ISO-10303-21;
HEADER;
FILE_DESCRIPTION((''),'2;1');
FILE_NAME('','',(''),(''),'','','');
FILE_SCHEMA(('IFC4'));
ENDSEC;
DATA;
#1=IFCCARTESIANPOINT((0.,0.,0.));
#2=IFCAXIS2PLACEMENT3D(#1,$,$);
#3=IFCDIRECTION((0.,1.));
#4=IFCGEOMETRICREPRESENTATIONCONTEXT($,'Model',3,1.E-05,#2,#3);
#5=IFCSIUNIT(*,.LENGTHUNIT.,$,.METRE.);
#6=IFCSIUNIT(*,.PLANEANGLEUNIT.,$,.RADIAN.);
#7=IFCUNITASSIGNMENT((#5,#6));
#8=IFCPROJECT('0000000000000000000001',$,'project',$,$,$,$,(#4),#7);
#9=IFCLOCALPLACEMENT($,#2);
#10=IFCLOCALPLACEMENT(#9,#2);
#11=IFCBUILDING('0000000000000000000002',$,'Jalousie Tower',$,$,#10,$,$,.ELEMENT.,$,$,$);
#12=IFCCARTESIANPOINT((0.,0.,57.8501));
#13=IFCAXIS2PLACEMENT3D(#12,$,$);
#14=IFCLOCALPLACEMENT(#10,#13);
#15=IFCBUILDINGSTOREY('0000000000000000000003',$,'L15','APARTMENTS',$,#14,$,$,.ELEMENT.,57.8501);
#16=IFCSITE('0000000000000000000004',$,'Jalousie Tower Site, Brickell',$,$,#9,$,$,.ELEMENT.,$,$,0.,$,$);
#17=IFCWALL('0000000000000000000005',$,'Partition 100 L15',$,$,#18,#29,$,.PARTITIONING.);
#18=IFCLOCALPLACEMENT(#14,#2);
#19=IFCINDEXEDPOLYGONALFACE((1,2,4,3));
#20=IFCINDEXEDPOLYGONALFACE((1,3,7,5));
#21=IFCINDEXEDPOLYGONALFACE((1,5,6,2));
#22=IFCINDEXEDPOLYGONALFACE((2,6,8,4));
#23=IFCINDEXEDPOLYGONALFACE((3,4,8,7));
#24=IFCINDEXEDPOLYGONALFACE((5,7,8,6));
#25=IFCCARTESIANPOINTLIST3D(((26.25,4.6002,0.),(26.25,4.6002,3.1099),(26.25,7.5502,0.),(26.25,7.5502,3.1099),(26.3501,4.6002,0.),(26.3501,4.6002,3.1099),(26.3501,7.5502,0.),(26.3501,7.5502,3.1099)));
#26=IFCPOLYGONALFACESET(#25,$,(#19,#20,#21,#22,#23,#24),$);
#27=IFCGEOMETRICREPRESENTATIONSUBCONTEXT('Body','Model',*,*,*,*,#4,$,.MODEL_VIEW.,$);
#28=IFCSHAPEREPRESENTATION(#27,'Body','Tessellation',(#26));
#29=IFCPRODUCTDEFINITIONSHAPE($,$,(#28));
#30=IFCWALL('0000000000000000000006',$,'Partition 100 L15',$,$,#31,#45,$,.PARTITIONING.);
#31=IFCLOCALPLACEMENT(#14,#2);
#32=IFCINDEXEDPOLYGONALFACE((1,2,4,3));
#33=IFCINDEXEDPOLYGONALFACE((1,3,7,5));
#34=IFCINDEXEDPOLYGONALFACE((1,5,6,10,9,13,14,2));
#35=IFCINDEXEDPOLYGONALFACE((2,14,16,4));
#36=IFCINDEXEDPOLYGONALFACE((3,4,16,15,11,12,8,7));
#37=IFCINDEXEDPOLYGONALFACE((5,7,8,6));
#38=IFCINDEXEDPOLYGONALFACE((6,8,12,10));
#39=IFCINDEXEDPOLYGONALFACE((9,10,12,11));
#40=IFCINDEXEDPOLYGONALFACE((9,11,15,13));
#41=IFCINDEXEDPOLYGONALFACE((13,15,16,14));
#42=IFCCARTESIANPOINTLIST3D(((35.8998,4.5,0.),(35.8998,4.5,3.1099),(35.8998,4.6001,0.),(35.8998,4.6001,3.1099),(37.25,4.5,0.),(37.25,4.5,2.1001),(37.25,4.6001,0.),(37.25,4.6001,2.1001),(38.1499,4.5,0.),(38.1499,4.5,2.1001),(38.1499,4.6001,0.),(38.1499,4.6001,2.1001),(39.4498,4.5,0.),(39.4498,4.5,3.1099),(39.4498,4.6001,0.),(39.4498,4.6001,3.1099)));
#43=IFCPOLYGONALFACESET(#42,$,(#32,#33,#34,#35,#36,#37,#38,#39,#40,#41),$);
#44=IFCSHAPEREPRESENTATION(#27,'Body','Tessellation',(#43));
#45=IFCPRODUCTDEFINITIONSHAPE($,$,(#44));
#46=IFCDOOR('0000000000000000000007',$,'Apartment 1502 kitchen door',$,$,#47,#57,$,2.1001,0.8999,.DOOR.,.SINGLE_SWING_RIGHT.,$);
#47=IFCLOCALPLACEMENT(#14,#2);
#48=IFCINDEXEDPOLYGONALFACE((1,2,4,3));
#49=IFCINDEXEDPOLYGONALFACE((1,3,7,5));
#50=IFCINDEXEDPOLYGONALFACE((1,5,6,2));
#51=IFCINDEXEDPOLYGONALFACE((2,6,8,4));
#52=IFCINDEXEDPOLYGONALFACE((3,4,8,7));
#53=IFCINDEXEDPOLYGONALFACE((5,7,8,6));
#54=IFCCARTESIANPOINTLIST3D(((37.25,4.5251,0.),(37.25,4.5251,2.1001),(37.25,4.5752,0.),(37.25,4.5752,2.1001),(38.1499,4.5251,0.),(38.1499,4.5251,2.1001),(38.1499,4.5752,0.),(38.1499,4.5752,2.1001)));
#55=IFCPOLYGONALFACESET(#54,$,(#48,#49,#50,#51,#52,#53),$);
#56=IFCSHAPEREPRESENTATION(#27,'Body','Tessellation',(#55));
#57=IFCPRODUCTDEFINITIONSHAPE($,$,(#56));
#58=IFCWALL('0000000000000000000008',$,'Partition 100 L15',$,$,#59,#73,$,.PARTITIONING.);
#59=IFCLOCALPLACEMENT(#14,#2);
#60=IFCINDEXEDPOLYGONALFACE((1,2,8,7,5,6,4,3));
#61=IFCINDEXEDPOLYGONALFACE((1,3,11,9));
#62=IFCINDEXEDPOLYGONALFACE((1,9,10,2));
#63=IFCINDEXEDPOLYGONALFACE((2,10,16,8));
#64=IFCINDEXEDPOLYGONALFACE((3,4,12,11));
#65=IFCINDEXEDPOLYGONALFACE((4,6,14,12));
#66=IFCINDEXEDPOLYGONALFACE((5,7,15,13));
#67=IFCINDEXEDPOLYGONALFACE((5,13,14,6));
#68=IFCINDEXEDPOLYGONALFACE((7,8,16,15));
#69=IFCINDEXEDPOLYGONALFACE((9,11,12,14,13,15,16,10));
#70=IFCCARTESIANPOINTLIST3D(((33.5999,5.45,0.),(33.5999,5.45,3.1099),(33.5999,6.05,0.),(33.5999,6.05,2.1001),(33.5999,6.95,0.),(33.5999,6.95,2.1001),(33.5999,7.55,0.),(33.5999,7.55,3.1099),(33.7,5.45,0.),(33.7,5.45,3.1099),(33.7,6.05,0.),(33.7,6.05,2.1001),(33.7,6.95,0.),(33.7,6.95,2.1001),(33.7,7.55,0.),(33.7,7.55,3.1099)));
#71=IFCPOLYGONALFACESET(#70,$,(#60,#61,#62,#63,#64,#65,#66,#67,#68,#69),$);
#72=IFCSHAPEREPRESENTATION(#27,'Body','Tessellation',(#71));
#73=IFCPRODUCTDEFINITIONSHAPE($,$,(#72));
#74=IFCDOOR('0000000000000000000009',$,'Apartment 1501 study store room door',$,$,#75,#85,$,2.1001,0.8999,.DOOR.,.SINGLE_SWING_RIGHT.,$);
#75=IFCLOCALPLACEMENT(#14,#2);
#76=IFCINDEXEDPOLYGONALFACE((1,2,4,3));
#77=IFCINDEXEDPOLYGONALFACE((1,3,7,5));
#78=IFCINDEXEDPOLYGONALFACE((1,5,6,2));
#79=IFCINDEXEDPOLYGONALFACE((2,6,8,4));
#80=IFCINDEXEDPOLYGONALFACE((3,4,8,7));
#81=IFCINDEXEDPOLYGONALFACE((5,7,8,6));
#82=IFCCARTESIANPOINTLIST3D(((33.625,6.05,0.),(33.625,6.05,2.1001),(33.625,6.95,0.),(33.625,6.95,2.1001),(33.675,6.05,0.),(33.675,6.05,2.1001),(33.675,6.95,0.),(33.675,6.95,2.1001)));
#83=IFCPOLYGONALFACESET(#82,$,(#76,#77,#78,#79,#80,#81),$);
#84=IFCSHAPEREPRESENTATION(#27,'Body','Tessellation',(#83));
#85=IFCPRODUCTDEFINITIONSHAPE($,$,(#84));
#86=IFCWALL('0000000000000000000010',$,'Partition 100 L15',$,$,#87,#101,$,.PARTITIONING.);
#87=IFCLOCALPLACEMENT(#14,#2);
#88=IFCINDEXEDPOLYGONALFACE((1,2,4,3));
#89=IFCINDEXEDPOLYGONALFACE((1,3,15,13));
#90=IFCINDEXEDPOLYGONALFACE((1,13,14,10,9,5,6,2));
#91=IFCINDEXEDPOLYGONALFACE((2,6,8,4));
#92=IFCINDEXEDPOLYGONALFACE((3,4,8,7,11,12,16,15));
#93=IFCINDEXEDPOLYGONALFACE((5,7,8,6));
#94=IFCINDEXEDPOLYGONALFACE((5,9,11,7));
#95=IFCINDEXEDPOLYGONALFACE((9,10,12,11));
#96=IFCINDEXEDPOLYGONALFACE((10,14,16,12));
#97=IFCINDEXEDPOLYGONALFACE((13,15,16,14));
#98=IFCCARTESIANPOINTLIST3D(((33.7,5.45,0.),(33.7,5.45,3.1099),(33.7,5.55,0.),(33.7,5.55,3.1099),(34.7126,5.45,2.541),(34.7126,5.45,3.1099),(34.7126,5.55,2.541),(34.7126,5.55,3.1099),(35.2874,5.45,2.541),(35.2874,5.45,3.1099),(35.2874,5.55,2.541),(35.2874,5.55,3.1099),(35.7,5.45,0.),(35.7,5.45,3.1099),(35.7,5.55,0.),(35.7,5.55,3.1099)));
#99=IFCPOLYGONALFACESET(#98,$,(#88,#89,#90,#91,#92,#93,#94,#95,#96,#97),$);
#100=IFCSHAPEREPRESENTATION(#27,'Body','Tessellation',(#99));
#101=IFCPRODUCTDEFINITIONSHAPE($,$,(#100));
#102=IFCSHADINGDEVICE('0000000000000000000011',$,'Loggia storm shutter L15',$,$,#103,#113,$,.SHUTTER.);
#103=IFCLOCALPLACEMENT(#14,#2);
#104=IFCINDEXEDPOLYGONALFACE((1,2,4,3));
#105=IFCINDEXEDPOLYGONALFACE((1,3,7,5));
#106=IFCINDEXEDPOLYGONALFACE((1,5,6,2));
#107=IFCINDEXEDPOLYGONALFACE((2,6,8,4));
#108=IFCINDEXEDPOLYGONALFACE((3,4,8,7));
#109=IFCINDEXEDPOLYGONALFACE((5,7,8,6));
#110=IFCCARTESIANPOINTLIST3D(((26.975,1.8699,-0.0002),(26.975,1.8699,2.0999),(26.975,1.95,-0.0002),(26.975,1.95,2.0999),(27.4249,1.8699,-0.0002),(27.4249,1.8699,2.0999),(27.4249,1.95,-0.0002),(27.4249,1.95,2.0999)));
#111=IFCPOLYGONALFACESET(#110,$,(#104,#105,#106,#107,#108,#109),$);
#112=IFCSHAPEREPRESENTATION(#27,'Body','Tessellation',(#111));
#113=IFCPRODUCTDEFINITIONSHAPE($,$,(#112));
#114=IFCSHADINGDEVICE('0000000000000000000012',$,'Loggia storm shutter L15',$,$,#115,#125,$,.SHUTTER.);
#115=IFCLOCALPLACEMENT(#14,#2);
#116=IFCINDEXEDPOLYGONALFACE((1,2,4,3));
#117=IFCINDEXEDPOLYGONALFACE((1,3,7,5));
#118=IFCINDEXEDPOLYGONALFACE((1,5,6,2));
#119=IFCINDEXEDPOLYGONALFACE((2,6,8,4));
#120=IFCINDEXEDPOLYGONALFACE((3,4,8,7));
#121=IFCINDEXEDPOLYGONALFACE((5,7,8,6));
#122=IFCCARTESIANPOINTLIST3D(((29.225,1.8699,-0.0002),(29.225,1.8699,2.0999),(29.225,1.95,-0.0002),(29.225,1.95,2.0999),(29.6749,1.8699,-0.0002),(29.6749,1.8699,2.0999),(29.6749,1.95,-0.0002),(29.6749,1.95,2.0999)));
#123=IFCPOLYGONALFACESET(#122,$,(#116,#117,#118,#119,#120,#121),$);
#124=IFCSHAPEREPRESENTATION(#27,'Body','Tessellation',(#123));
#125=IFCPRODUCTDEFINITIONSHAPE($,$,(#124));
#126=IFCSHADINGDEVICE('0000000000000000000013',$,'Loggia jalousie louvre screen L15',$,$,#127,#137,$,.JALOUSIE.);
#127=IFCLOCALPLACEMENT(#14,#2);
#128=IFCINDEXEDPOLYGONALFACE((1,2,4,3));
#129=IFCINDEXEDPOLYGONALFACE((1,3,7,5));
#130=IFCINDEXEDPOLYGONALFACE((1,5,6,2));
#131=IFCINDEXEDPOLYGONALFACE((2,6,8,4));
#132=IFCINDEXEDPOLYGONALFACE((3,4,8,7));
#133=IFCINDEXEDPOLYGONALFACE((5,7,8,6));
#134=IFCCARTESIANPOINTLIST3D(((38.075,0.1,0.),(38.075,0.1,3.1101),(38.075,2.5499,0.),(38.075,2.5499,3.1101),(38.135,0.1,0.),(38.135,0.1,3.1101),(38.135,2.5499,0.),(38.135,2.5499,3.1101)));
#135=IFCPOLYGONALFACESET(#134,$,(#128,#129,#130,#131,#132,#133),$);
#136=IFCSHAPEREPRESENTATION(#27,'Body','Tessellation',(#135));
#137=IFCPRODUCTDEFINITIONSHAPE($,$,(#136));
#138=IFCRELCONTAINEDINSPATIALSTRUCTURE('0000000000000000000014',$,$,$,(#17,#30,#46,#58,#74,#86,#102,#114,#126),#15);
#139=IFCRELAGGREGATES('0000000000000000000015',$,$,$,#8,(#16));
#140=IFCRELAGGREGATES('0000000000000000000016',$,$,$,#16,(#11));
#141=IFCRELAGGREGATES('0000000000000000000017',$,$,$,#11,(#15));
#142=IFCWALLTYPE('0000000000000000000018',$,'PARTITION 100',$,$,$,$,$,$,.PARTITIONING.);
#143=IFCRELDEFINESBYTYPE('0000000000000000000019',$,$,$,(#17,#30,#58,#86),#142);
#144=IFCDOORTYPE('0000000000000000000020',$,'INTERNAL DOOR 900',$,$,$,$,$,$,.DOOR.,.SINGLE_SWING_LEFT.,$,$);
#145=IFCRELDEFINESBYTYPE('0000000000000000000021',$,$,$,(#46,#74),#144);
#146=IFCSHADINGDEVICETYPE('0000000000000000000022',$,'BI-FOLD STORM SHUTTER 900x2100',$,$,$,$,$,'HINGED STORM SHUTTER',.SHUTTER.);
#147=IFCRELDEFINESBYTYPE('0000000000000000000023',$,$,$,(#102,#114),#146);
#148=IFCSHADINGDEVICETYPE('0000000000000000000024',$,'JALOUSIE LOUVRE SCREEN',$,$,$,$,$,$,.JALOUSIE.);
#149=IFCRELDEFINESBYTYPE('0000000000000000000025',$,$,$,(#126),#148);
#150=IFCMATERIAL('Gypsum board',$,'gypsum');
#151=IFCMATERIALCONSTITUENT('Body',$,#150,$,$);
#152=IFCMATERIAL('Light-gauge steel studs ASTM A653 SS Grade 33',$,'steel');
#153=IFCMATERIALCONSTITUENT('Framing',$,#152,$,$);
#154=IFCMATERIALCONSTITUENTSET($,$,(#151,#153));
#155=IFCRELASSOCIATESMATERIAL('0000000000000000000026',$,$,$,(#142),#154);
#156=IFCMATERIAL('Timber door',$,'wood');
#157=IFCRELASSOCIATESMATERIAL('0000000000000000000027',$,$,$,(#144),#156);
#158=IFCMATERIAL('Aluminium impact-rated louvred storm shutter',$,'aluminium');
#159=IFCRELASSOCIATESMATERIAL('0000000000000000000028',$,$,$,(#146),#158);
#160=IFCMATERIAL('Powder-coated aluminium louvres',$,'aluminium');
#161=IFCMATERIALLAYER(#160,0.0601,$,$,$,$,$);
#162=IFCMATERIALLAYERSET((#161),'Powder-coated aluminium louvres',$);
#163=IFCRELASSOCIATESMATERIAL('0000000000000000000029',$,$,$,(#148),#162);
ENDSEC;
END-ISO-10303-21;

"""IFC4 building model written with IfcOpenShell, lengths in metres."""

from ifc_helpers import new_model, si_unit, direction, frame, frame_2d, origin, origin_2d, place, context, subcontext, project, spatial, polyline, rectangle, outline, extrude, material, layer, layer_set, constituent, constituent_set, type_object, element, fill, save


model = new_model("IFC4")

# Units and contexts
model_context = context("Model", 3, precision=1e-05, world=origin(), true_north=direction((0.0, 1.0)))
body_context = subcontext(model_context, "Body", "Model", "MODEL_VIEW")
ifc_project = project(units=[si_unit("LENGTHUNIT", "METRE"), si_unit("PLANEANGLEUNIT", "RADIAN")], contexts=[model_context])

# Site, building, storey
site_placement = place(None, origin())
site = spatial("IfcSite", under=ifc_project, at=site_placement, Name="Jalousie Tower Site, Brickell", CompositionType="ELEMENT", RefElevation=0.0)
building_placement = place(site_placement, origin())
building = spatial("IfcBuilding", under=site, at=building_placement, Name="Jalousie Tower", CompositionType="ELEMENT")
storey_placement = place(building_placement, frame((0.0, 0.0, 57.8501)))
storey = spatial("IfcBuildingStorey", under=building, at=storey_placement, Name="L15", Description="APARTMENTS", CompositionType="ELEMENT", Elevation=57.8501)

# Shared definitions
ifc_material_1 = material(Name="Gypsum board", Category="gypsum")
ifc_constituent_1 = constituent(ifc_material_1, Name="Body")
ifc_material_2 = material(Name="Light-gauge steel studs ASTM A653 SS Grade 33", Category="steel")
ifc_constituent_2 = constituent(ifc_material_2, Name="Framing")
ifc_constituent_set_1 = constituent_set(constituents=[ifc_constituent_1, ifc_constituent_2])
wall_type_1 = type_object("IfcWallType", Name="PARTITION 100", PredefinedType="PARTITIONING", material=ifc_constituent_set_1)
ifc_material_3 = material(Name="Timber door", Category="wood")
door_type_1 = type_object("IfcDoorType", Name="INTERNAL DOOR 900", OperationType="SINGLE_SWING_LEFT", PredefinedType="DOOR", material=ifc_material_3)

# Wall
wall_1_placement = place(storey_placement, frame((26.3, 4.6001, 0.0), z_axis=(0.0, 0.0, 1.0), x_axis=(0.0, 1.0, 0.0)))
element("IfcWall", 1, at=wall_1_placement, inside=storey, type_object=wall_type_1, Name="Partition 100 L15", PredefinedType="PARTITIONING", context=body_context, shape_type="SweptSolid", body=[
    extrude(rectangle(XDim=2.95, YDim=0.1001, at=frame_2d((1.4751, 0.0))), origin(), (0.0, 0.0, 1.0), 3.1099),
])

# Walls, openings, doors
wall_2_placement = place(storey_placement, frame((35.8999, 4.55, 0.0), z_axis=(0.0, 0.0, 1.0), x_axis=(1.0, 0.0, 0.0)))
wall_2 = element("IfcWall", 2, at=wall_2_placement, inside=storey, type_object=wall_type_1, Name="Partition 100 L15", PredefinedType="PARTITIONING", context=body_context, shape_type="SweptSolid", body=[
    extrude(rectangle(XDim=3.55, YDim=0.1001, at=frame_2d((1.7749, 0.0))), origin(), (0.0, 0.0, 1.0), 3.1099),
])
opening_1_placement = place(wall_2_placement, frame((1.3501, 0.0, 0.0)))
opening_1 = element("IfcOpeningElement", 3, at=opening_1_placement, cuts=wall_2, PredefinedType="OPENING", context=body_context, shape_type="SweptSolid", body=[
    extrude(rectangle(XDim=0.8999, YDim=2.1001, at=frame_2d((0.45, 1.05))), frame((0.0, 0.0601, 0.0), z_axis=(0.0, -1.0, 0.0), x_axis=(1.0, 0.0, 0.0)), (0.0, 0.0, 1.0), 0.1201),
])
door_1_placement = place(opening_1_placement, frame((0.8999, 0.0, 0.0), z_axis=(0.0, 0.0, 1.0), x_axis=(-1.0, 0.0, 0.0)))
door_1 = element("IfcDoor", 4, at=door_1_placement, inside=storey, type_object=door_type_1, Name="Apartment 1502 kitchen door", OperationType="SINGLE_SWING_RIGHT", OverallHeight=2.1001, OverallWidth=0.8999, PredefinedType="DOOR", context=body_context, shape_type="SweptSolid", body=[
    extrude(rectangle(XDim=0.8999, YDim=2.1001, at=frame_2d((0.45, 1.05))), frame((0.0, 0.0249, 0.0), z_axis=(0.0, -1.0, 0.0), x_axis=(1.0, 0.0, 0.0)), (0.0, 0.0, 1.0), 0.05),
])
fill(opening_1, door_1)
wall_3_placement = place(storey_placement, frame((33.6499, 7.55, 0.0), z_axis=(0.0, 0.0, 1.0), x_axis=(0.0, -1.0, 0.0)))
wall_3 = element("IfcWall", 5, at=wall_3_placement, inside=storey, type_object=wall_type_1, Name="Partition 100 L15", PredefinedType="PARTITIONING", context=body_context, shape_type="SweptSolid", body=[
    extrude(rectangle(XDim=2.1001, YDim=0.1001, at=frame_2d((1.05, 0.0))), origin(), (0.0, 0.0, 1.0), 3.1099),
])
opening_2_placement = place(wall_3_placement, frame((0.6001, 0.0, 0.0)))
opening_2 = element("IfcOpeningElement", 6, at=opening_2_placement, cuts=wall_3, PredefinedType="OPENING", context=body_context, shape_type="SweptSolid", body=[
    extrude(rectangle(XDim=0.8999, YDim=2.1001, at=frame_2d((0.45, 1.05))), frame((0.0, 0.0601, 0.0), z_axis=(0.0, -1.0, 0.0), x_axis=(1.0, 0.0, 0.0)), (0.0, 0.0, 1.0), 0.1201),
])
door_2_placement = place(opening_2_placement, frame((0.8999, 0.0, 0.0), z_axis=(0.0, 0.0, 1.0), x_axis=(-1.0, 0.0, 0.0)))
door_2 = element("IfcDoor", 7, at=door_2_placement, inside=storey, type_object=door_type_1, Name="Apartment 1501 study store room door", OperationType="SINGLE_SWING_RIGHT", OverallHeight=2.1001, OverallWidth=0.8999, PredefinedType="DOOR", context=body_context, shape_type="SweptSolid", body=[
    extrude(rectangle(XDim=0.8999, YDim=2.1001, at=frame_2d((0.45, 1.05))), frame((0.0, 0.0249, 0.0), z_axis=(0.0, -1.0, 0.0), x_axis=(1.0, 0.0, 0.0)), (0.0, 0.0, 1.0), 0.05),
])
fill(opening_2, door_2)

# Wall
wall_4_placement = place(storey_placement, frame((35.7, 5.5, 0.0), z_axis=(0.0, 0.0, 1.0), x_axis=(-1.0, 0.0, 0.0)))
element("IfcWall", 8, at=wall_4_placement, inside=storey, type_object=wall_type_1, Name="Partition 100 L15", PredefinedType="PARTITIONING", context=body_context, shape_type="SweptSolid", body=[
    extrude(outline(polyline([(0.0, 0.0), (2.0, 0.0), (2.0, 3.1099), (0.9873, 3.1099), (0.9873, 2.541), (0.4126, 2.541), (0.4126, 3.1099), (0.0, 3.1099), (0.0, 0.0)])), frame((0.0, 0.05, 0.0), z_axis=(0.0, -1.0, 0.0), x_axis=(1.0, 0.0, 0.0)), (0.0, 0.0, 1.0), 0.1001),
])

# Shading devices
ifc_material_4 = material(Name="Aluminium impact-rated louvred storm shutter", Category="aluminium")
shading_device_type_1 = type_object("IfcShadingDeviceType", Name="BI-FOLD STORM SHUTTER 900x2100", ElementType="HINGED STORM SHUTTER", PredefinedType="SHUTTER", material=ifc_material_4)
for number, where, z_axis, x_axis, name in (
    (9, (27.2, 1.9099, -0.0002), (0.0, 0.0, 1.0), (1.0, 0.0, 0.0), "Loggia storm shutter L15"),
    (10, (29.45, 1.9099, -0.0002), (0.0, 0.0, 1.0), (1.0, 0.0, 0.0), "Loggia storm shutter L15"),
):
    element("IfcShadingDevice", number, at=place(storey_placement, frame(where, z_axis=z_axis, x_axis=x_axis)), inside=storey, type_object=shading_device_type_1, Name=name, PredefinedType="SHUTTER", context=body_context, shape_type="SweptSolid", body=[
        extrude(rectangle(XDim=0.45, YDim=0.0801, at=origin_2d()), origin(), (0.0, 0.0, 1.0), 2.1001),
    ])
ifc_material_5 = material(Name="Powder-coated aluminium louvres", Category="aluminium")
ifc_layer_1 = layer(ifc_material_5, 0.0601)
ifc_layer_set_1 = layer_set([ifc_layer_1], Name="Powder-coated aluminium louvres")
shading_device_type_2 = type_object("IfcShadingDeviceType", Name="JALOUSIE LOUVRE SCREEN", PredefinedType="JALOUSIE", material=ifc_layer_set_1)
shading_device_placement = place(storey_placement, frame((38.105, 1.325, 0.0), z_axis=(0.0, 0.0, 1.0), x_axis=(1.0, 0.0, 0.0)))
element("IfcShadingDevice", 11, at=shading_device_placement, inside=storey, type_object=shading_device_type_2, Name="Loggia jalousie louvre screen L15", PredefinedType="JALOUSIE", context=body_context, shape_type="SweptSolid", body=[
    extrude(rectangle(XDim=0.0601, YDim=2.45, at=origin_2d()), origin(), (0.0, 0.0, 1.0), 3.1101),
])

save(model, "model.ifc")
